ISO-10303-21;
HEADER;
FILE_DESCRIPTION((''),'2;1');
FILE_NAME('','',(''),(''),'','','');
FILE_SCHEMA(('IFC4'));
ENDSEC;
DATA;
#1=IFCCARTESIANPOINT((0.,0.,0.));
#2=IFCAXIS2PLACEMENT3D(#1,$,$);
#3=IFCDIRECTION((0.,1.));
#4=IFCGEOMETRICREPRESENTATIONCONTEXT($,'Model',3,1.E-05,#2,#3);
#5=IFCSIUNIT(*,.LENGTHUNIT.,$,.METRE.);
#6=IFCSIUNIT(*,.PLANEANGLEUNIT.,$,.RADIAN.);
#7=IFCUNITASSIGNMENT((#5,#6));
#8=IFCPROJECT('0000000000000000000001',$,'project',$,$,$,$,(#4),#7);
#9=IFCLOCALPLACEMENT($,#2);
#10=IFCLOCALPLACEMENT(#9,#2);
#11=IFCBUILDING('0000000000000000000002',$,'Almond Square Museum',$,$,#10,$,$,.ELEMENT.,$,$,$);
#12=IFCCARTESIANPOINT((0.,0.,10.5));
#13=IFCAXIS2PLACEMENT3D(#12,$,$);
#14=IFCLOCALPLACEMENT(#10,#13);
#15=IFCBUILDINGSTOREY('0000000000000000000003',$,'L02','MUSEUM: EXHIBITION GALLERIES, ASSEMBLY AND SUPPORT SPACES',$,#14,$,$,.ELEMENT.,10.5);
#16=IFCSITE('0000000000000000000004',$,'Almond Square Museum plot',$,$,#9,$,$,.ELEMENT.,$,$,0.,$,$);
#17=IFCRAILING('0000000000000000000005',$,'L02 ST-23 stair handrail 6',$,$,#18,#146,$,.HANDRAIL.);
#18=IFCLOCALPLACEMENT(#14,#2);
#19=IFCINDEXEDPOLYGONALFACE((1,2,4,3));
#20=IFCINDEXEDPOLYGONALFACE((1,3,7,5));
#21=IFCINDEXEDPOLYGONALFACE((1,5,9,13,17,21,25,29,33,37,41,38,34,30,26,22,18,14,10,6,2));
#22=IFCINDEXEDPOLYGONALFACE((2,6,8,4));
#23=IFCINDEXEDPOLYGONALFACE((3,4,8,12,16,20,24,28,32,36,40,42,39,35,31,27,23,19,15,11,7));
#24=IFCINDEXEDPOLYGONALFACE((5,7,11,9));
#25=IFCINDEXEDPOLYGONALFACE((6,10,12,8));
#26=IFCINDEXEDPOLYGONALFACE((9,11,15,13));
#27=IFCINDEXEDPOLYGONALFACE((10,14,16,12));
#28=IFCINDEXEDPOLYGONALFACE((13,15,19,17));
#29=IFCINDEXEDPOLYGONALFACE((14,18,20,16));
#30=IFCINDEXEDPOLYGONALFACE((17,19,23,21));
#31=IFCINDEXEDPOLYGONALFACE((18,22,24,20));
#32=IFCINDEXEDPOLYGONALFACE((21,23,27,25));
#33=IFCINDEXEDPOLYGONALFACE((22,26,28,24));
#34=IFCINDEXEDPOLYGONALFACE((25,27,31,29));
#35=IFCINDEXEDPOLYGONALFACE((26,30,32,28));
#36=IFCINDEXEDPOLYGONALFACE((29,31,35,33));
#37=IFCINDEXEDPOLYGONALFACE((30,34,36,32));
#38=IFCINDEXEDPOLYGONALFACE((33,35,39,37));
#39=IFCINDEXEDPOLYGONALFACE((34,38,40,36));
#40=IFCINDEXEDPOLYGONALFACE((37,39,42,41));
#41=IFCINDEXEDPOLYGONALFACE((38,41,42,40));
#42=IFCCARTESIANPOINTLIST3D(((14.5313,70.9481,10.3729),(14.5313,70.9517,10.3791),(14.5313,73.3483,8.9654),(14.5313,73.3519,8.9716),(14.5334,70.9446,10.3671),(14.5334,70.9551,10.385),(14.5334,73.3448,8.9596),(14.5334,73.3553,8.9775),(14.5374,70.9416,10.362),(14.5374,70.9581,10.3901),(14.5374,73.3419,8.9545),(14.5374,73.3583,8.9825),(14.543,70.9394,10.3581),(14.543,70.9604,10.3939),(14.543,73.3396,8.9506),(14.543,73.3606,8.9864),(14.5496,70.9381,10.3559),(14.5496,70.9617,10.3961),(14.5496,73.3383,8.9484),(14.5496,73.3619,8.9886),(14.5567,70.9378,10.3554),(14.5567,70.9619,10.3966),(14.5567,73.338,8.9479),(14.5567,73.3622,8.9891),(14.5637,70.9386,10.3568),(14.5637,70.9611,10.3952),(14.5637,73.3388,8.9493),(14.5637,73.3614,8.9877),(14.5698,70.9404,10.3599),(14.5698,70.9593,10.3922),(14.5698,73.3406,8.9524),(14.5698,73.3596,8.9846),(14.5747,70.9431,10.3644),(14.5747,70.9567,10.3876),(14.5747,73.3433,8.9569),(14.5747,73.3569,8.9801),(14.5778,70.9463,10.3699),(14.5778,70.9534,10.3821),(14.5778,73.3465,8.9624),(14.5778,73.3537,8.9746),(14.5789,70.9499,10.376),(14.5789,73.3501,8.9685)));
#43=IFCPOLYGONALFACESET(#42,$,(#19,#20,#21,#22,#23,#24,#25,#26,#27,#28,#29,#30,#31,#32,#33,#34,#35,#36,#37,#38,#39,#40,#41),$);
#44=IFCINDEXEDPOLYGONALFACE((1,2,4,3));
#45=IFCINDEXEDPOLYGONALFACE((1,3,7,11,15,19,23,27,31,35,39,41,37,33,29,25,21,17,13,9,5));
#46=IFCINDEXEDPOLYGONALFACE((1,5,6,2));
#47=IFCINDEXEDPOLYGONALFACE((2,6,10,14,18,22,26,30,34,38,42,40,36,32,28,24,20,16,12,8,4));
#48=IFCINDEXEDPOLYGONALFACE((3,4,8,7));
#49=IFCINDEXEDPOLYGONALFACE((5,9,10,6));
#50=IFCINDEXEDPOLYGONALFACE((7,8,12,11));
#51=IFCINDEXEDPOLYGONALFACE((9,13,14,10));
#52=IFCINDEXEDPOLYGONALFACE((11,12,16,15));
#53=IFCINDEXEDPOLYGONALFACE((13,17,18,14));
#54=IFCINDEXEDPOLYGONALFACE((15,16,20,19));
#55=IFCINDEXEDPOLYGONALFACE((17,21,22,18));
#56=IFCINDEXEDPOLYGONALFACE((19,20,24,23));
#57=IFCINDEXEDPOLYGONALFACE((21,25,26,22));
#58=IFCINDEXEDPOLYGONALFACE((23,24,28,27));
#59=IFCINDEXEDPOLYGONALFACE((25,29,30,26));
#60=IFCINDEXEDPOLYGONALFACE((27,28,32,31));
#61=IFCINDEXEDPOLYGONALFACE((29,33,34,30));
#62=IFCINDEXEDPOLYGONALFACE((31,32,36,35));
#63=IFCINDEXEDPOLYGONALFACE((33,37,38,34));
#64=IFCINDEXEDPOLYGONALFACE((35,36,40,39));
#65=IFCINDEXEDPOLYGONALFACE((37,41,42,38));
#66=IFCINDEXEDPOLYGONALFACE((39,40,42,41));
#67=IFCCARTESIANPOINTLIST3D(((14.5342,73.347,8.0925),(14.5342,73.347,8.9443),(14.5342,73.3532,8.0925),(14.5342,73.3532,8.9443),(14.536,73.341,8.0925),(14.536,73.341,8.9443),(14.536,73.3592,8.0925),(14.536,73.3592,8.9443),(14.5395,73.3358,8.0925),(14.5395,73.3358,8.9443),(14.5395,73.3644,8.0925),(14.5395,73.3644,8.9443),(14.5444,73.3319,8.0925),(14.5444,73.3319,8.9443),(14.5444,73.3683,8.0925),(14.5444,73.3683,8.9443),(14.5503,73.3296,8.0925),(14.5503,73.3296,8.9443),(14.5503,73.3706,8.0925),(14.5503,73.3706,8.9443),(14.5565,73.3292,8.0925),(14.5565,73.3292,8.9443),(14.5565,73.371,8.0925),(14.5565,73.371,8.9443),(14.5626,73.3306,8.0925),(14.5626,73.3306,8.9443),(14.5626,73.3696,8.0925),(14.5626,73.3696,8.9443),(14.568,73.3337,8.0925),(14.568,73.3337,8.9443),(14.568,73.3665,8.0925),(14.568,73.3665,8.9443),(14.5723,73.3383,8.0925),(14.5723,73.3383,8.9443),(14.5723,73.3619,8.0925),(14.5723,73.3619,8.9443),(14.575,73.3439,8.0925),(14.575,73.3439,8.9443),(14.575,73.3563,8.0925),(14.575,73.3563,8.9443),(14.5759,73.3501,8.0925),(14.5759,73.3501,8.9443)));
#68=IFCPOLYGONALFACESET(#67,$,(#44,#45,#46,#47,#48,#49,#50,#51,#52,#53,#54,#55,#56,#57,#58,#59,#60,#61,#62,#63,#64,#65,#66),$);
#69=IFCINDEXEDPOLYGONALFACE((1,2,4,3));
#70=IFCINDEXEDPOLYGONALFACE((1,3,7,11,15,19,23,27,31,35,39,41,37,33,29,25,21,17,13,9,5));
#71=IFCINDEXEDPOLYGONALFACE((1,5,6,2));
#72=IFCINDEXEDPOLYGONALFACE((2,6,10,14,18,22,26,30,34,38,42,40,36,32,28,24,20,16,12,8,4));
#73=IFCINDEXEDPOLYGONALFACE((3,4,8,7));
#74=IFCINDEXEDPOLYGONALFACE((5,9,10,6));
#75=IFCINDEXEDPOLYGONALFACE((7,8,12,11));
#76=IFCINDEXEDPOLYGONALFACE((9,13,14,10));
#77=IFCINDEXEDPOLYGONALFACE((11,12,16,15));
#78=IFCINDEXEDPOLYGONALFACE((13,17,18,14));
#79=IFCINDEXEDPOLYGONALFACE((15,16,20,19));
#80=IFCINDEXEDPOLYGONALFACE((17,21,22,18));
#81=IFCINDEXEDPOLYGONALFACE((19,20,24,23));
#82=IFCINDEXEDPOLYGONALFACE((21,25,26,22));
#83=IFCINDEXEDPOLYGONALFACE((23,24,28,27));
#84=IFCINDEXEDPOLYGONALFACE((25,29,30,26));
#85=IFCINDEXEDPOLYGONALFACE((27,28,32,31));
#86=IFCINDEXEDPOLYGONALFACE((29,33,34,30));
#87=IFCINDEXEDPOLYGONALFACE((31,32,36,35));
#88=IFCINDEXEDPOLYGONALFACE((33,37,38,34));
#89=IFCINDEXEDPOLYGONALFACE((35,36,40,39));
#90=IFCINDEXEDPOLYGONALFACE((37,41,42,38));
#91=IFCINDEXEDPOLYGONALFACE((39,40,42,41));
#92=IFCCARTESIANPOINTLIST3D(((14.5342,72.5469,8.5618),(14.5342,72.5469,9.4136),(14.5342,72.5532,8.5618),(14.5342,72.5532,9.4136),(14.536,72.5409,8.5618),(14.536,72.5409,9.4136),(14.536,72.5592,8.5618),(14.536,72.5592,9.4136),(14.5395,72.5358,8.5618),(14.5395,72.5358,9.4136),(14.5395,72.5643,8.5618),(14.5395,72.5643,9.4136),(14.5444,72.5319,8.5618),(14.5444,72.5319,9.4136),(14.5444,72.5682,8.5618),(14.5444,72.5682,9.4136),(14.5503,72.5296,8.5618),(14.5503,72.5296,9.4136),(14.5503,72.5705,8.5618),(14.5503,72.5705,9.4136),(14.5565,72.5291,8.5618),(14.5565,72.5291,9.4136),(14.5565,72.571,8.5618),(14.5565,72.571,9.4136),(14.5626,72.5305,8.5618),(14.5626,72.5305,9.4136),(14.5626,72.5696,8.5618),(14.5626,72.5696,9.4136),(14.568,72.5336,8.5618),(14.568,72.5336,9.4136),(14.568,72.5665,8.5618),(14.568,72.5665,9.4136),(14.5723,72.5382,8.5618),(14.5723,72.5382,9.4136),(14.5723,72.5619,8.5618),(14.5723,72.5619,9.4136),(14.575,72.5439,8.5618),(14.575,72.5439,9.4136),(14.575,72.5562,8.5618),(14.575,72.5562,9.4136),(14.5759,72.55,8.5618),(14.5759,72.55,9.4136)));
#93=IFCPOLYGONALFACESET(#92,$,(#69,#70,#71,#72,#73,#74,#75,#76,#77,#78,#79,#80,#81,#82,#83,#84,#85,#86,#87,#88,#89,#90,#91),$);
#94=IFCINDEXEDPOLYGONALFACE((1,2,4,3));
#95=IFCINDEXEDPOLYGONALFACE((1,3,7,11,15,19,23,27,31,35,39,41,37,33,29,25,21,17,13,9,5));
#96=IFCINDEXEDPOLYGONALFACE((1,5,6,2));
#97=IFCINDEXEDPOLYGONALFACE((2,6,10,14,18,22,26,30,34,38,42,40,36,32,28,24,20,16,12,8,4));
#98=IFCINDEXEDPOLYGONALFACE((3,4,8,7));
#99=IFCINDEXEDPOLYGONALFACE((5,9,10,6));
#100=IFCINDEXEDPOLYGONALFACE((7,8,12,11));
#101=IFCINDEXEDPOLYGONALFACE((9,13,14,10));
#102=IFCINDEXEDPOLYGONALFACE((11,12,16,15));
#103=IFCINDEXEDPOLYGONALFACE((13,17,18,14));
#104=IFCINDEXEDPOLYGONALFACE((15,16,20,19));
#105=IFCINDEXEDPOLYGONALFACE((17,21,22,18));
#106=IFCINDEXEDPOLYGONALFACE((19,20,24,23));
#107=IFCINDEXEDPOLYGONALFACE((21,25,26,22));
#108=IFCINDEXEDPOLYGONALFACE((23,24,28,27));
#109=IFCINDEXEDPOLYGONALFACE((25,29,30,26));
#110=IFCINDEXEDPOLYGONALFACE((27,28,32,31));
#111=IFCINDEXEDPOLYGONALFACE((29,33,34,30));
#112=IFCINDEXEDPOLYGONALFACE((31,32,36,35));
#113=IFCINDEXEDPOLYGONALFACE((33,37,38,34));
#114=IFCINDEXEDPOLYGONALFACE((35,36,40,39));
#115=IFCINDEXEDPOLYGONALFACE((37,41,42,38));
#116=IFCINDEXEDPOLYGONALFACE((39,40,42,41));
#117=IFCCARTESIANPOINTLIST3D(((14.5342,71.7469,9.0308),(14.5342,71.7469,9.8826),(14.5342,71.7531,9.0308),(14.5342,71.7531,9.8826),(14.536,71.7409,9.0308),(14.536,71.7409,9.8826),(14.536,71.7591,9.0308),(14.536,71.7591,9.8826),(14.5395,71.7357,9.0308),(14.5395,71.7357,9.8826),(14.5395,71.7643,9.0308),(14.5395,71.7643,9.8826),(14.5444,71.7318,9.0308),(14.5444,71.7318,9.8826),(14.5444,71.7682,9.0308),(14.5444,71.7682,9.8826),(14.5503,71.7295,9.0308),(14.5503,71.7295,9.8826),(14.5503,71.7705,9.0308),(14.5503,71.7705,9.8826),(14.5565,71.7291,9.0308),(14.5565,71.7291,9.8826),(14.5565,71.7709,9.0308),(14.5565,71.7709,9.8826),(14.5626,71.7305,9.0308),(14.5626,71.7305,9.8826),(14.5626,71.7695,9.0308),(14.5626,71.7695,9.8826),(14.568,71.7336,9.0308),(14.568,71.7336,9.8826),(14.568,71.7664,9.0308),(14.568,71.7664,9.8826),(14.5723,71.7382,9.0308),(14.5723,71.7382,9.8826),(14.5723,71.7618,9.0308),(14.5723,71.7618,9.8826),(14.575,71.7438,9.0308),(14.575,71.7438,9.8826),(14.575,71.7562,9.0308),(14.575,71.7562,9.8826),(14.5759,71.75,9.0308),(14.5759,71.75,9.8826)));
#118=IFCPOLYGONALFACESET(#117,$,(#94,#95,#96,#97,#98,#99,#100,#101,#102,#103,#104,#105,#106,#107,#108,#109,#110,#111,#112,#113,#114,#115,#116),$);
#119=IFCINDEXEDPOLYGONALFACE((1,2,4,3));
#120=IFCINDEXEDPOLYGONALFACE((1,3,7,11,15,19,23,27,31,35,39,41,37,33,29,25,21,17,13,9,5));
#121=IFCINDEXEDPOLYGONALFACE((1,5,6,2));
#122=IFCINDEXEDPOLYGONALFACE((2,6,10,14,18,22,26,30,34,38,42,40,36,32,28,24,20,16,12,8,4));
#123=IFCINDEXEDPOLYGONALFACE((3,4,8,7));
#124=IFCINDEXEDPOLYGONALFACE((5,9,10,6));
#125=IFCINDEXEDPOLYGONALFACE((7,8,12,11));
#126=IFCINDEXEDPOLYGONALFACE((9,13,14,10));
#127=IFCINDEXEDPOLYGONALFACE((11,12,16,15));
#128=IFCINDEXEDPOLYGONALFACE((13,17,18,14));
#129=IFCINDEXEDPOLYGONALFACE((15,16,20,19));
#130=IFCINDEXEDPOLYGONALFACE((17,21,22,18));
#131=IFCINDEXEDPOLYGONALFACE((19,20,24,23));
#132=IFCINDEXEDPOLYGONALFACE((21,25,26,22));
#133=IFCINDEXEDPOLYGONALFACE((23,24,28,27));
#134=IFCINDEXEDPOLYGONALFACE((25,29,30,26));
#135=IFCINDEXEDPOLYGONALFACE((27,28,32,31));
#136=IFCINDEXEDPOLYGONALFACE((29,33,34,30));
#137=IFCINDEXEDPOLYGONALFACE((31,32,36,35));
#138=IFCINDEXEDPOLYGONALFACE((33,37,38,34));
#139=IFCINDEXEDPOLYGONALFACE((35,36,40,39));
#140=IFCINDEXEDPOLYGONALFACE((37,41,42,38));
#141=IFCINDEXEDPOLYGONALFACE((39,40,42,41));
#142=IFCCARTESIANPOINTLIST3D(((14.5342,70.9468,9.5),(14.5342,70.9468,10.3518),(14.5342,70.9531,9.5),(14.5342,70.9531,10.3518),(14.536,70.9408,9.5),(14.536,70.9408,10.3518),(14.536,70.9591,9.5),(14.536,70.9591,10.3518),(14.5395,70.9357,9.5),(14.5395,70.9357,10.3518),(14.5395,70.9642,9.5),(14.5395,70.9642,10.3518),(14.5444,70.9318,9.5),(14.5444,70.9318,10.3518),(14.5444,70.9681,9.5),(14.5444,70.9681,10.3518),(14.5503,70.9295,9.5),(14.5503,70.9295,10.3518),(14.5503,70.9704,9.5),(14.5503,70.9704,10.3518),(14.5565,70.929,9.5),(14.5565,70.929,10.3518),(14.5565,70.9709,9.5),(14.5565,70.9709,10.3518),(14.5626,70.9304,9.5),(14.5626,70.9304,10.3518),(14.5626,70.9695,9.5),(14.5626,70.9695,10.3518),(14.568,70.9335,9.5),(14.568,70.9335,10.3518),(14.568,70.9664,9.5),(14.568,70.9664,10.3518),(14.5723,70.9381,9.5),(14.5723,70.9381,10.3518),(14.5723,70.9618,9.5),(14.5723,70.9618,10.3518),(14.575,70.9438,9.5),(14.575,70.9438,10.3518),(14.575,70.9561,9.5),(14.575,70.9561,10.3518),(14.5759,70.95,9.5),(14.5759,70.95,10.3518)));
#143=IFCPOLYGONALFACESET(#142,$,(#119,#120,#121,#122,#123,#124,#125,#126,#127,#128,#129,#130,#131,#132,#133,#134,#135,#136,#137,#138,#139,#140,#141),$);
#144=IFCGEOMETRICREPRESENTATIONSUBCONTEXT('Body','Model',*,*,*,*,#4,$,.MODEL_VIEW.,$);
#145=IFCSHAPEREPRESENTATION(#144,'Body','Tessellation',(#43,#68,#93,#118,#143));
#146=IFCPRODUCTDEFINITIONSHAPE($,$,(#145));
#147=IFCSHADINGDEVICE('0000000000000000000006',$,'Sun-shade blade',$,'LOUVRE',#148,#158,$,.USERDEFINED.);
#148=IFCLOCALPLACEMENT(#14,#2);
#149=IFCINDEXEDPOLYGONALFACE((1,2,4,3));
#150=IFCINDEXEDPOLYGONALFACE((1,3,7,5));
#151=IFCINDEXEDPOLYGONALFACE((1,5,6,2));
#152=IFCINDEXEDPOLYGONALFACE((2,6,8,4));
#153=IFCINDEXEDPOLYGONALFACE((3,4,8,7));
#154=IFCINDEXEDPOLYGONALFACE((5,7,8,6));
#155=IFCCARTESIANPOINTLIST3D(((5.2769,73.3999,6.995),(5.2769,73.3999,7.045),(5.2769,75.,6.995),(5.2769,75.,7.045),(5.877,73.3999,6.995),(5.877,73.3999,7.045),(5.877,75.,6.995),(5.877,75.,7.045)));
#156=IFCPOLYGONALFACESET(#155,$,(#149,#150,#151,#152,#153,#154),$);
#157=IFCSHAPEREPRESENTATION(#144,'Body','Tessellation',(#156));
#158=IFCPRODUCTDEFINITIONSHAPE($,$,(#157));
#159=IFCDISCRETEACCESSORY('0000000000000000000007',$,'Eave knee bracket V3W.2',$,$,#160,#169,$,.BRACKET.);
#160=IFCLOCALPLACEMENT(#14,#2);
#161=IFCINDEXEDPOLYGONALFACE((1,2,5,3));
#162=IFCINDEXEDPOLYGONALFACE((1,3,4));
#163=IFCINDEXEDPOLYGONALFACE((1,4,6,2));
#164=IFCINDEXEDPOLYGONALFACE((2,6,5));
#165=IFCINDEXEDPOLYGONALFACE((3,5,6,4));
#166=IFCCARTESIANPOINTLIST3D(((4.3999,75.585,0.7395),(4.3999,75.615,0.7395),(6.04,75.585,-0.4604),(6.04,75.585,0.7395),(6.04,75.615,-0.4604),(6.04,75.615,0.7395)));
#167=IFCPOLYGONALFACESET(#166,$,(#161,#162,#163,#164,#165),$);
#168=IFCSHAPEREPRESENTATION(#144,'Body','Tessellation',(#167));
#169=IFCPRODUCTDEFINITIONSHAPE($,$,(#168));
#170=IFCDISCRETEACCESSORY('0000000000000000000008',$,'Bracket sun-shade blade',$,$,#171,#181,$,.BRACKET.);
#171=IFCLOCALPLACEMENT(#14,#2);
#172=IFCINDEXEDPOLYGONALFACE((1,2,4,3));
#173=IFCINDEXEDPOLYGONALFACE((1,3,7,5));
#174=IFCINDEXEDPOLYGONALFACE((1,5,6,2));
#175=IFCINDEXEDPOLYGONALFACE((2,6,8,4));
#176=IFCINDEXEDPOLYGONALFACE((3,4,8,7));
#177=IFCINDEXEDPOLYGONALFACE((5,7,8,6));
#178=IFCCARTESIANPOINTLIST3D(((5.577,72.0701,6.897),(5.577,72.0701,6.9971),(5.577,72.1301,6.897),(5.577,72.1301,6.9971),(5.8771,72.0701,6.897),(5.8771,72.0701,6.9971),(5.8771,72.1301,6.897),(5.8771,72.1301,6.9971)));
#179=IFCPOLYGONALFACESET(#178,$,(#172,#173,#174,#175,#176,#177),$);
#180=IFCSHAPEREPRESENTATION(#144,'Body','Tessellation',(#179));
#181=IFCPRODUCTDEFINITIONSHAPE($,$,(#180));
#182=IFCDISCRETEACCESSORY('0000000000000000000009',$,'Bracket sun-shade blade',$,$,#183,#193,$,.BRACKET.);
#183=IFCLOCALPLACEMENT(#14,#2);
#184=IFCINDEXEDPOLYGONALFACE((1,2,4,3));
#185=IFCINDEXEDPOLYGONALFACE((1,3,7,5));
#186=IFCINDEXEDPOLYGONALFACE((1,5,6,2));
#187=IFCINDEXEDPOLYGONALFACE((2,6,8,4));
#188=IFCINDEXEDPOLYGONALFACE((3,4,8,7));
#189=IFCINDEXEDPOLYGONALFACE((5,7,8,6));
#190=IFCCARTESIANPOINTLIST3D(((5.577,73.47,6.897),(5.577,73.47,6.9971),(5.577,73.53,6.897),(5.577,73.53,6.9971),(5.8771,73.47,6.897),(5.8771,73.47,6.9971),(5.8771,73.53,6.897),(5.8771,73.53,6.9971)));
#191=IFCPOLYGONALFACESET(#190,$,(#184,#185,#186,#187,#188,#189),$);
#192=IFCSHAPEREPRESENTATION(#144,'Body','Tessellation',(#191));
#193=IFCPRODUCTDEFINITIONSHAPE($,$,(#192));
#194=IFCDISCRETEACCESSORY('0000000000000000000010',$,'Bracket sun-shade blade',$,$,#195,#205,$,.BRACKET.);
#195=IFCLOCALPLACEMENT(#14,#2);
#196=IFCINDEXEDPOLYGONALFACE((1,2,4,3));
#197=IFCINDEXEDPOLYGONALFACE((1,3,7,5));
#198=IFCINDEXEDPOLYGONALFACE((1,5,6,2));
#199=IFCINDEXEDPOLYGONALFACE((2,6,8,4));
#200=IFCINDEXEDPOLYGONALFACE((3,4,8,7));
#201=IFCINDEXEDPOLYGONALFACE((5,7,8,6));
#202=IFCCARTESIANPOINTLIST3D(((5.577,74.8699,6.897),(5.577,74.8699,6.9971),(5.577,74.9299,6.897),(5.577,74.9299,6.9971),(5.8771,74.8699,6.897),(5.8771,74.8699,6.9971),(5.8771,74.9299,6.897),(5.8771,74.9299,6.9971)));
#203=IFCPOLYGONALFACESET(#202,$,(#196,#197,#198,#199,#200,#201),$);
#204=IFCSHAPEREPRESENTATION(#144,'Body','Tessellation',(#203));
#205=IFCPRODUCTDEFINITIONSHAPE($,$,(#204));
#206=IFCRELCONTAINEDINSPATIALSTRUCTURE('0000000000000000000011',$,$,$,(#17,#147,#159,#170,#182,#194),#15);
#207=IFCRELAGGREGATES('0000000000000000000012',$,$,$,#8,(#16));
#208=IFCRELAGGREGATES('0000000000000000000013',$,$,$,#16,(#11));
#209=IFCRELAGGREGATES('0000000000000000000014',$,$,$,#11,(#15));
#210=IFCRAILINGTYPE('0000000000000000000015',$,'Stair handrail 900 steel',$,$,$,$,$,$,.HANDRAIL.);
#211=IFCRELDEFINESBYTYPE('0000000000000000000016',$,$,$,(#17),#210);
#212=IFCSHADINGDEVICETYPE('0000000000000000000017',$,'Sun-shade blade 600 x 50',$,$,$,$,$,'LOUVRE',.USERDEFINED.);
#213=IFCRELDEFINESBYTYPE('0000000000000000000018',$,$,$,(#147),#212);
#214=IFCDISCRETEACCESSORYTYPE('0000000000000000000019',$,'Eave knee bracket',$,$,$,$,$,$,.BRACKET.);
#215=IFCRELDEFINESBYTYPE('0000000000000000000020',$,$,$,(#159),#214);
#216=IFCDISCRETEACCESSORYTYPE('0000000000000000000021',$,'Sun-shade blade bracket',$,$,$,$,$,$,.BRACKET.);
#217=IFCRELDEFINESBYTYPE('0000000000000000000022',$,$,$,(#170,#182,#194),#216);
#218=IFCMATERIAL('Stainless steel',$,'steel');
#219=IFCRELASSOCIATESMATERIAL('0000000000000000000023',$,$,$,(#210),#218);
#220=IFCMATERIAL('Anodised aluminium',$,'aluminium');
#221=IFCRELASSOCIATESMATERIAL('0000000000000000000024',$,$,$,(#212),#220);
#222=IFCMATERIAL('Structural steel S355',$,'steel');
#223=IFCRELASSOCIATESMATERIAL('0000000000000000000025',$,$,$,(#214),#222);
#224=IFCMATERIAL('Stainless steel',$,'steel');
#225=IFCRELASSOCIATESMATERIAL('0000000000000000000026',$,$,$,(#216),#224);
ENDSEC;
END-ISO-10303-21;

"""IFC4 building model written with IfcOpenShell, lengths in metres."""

from ifc_helpers import new_model, si_unit, direction, frame, origin, origin_2d, place, context, subcontext, project, spatial, polyline, rectangle, circle, outline, extrude, material, material_profile, profile_set, type_object, element, save


model = new_model("IFC4")

# Units and contexts
model_context = context("Model", 3, precision=1e-05, world=origin(), true_north=direction((0.0, 1.0)))
body_context = subcontext(model_context, "Body", "Model", "MODEL_VIEW")
ifc_project = project(units=[si_unit("LENGTHUNIT", "METRE"), si_unit("PLANEANGLEUNIT", "RADIAN")], contexts=[model_context])

# Site, building, storey
site_placement = place(None, origin())
site = spatial("IfcSite", under=ifc_project, at=site_placement, Name="Almond Square Museum plot", CompositionType="ELEMENT", RefElevation=0.0)
building_placement = place(site_placement, origin())
building = spatial("IfcBuilding", under=site, at=building_placement, Name="Almond Square Museum", CompositionType="ELEMENT")
storey_placement = place(building_placement, frame((0.0, 0.0, 10.5)))
storey = spatial("IfcBuildingStorey", under=building, at=storey_placement, Name="L02", Description="MUSEUM: EXHIBITION GALLERIES, ASSEMBLY AND SUPPORT SPACES", CompositionType="ELEMENT", Elevation=10.5)

# Railing
ifc_material_1 = material(Name="Stainless steel", Category="steel")
railing_type_1 = type_object("IfcRailingType", Name="Stair handrail 900 steel", PredefinedType="HANDRAIL", material=ifc_material_1)
railing_1_placement = place(storey_placement, frame((14.5549, 73.3501, 8.0925)))
element("IfcRailing", 1, at=railing_1_placement, inside=storey, type_object=railing_type_1, Name="L02 ST-23 stair handrail 6", PredefinedType="HANDRAIL", context=body_context, shape_type="SweptSolid", body=[
    extrude(circle(Radius=0.0239, at=origin_2d()), frame((0.0, 0.0, 0.876), z_axis=(0.0, -0.862621, 0.50585), x_axis=(1.0, 0.0, 0.0)), (0.0, 0.0, 1.0), 2.7825),
    extrude(circle(Radius=0.021, at=origin_2d()), origin(), (0.0, 0.0, 1.0), 0.8518),
    extrude(circle(Radius=0.021, at=origin_2d()), frame((0.0, -0.8, 0.4692)), (0.0, 0.0, 1.0), 0.8518),
    extrude(circle(Radius=0.021, at=origin_2d()), frame((0.0, -1.6001, 0.9382)), (0.0, 0.0, 1.0), 0.8518),
    extrude(circle(Radius=0.021, at=origin_2d()), frame((0.0, -2.4001, 1.4075)), (0.0, 0.0, 1.0), 0.8518),
])

# Shading device
ifc_material_2 = material(Name="Anodised aluminium", Category="aluminium")
ifc_material_profile_1 = material_profile(ifc_material_2, rectangle(XDim=0.6001, YDim=0.05, at=origin_2d()))
ifc_profile_set_1 = profile_set([ifc_material_profile_1], Name="Anodised aluminium")
shading_device_type = type_object("IfcShadingDeviceType", Name="Sun-shade blade 600 x 50", ElementType="LOUVRE", PredefinedType="USERDEFINED", material=ifc_profile_set_1)
shading_device_placement = place(storey_placement, frame((5.5769, 73.3999, 7.02), z_axis=(0.0, 1.0, 0.0), x_axis=(-1.0, 0.0, 0.0)))
element("IfcShadingDevice", 2, at=shading_device_placement, inside=storey, type_object=shading_device_type, Name="Sun-shade blade", ObjectType="LOUVRE", PredefinedType="USERDEFINED", context=body_context, shape_type="SweptSolid", body=[
    extrude(rectangle(XDim=0.6001, YDim=0.05, at=origin_2d()), origin(), (0.0, 0.0, 1.0), 1.6001),
])

# Discrete accessories
ifc_material_3 = material(Name="Structural steel S355", Category="steel")
discrete_accessory_type_1 = type_object("IfcDiscreteAccessoryType", Name="Eave knee bracket", PredefinedType="BRACKET", material=ifc_material_3)
discrete_accessory_1_placement = place(storey_placement, frame((6.04, 75.6001, 0.7395), z_axis=(0.0, 1.0, 0.0), x_axis=(0.0, 0.0, -1.0)))
element("IfcDiscreteAccessory", 3, at=discrete_accessory_1_placement, inside=storey, type_object=discrete_accessory_type_1, Name="Eave knee bracket V3W.2", PredefinedType="BRACKET", context=body_context, shape_type="SweptSolid", body=[
    extrude(outline(polyline([(0.0, 0.0), (1.2, 0.0), (0.0, 1.6401), (0.0, 0.0)])), frame((0.0, 0.0, -0.0151)), (0.0, 0.0, 1.0), 0.03),
])
ifc_material_4 = material(Name="Stainless steel", Category="steel")
discrete_accessory_type_2 = type_object("IfcDiscreteAccessoryType", Name="Sun-shade blade bracket", PredefinedType="BRACKET", material=ifc_material_4)
for number, where, z_axis, x_axis, name in (
    (4, (5.7271, 72.1001, 6.897), (0.0, 0.0, 1.0), (1.0, 0.0, 0.0), "Bracket sun-shade blade"),
    (5, (5.7271, 73.5, 6.897), (0.0, 0.0, 1.0), (1.0, 0.0, 0.0), "Bracket sun-shade blade"),
    (6, (5.7271, 74.8999, 6.897), (0.0, 0.0, 1.0), (1.0, 0.0, 0.0), "Bracket sun-shade blade"),
):
    element("IfcDiscreteAccessory", number, at=place(storey_placement, frame(where, z_axis=z_axis, x_axis=x_axis)), inside=storey, type_object=discrete_accessory_type_2, Name=name, PredefinedType="BRACKET", context=body_context, shape_type="SweptSolid", body=[
        extrude(rectangle(XDim=0.3, YDim=0.0601, at=origin_2d()), origin(), (0.0, 0.0, 1.0), 0.1001),
    ])

save(model, "model.ifc")
